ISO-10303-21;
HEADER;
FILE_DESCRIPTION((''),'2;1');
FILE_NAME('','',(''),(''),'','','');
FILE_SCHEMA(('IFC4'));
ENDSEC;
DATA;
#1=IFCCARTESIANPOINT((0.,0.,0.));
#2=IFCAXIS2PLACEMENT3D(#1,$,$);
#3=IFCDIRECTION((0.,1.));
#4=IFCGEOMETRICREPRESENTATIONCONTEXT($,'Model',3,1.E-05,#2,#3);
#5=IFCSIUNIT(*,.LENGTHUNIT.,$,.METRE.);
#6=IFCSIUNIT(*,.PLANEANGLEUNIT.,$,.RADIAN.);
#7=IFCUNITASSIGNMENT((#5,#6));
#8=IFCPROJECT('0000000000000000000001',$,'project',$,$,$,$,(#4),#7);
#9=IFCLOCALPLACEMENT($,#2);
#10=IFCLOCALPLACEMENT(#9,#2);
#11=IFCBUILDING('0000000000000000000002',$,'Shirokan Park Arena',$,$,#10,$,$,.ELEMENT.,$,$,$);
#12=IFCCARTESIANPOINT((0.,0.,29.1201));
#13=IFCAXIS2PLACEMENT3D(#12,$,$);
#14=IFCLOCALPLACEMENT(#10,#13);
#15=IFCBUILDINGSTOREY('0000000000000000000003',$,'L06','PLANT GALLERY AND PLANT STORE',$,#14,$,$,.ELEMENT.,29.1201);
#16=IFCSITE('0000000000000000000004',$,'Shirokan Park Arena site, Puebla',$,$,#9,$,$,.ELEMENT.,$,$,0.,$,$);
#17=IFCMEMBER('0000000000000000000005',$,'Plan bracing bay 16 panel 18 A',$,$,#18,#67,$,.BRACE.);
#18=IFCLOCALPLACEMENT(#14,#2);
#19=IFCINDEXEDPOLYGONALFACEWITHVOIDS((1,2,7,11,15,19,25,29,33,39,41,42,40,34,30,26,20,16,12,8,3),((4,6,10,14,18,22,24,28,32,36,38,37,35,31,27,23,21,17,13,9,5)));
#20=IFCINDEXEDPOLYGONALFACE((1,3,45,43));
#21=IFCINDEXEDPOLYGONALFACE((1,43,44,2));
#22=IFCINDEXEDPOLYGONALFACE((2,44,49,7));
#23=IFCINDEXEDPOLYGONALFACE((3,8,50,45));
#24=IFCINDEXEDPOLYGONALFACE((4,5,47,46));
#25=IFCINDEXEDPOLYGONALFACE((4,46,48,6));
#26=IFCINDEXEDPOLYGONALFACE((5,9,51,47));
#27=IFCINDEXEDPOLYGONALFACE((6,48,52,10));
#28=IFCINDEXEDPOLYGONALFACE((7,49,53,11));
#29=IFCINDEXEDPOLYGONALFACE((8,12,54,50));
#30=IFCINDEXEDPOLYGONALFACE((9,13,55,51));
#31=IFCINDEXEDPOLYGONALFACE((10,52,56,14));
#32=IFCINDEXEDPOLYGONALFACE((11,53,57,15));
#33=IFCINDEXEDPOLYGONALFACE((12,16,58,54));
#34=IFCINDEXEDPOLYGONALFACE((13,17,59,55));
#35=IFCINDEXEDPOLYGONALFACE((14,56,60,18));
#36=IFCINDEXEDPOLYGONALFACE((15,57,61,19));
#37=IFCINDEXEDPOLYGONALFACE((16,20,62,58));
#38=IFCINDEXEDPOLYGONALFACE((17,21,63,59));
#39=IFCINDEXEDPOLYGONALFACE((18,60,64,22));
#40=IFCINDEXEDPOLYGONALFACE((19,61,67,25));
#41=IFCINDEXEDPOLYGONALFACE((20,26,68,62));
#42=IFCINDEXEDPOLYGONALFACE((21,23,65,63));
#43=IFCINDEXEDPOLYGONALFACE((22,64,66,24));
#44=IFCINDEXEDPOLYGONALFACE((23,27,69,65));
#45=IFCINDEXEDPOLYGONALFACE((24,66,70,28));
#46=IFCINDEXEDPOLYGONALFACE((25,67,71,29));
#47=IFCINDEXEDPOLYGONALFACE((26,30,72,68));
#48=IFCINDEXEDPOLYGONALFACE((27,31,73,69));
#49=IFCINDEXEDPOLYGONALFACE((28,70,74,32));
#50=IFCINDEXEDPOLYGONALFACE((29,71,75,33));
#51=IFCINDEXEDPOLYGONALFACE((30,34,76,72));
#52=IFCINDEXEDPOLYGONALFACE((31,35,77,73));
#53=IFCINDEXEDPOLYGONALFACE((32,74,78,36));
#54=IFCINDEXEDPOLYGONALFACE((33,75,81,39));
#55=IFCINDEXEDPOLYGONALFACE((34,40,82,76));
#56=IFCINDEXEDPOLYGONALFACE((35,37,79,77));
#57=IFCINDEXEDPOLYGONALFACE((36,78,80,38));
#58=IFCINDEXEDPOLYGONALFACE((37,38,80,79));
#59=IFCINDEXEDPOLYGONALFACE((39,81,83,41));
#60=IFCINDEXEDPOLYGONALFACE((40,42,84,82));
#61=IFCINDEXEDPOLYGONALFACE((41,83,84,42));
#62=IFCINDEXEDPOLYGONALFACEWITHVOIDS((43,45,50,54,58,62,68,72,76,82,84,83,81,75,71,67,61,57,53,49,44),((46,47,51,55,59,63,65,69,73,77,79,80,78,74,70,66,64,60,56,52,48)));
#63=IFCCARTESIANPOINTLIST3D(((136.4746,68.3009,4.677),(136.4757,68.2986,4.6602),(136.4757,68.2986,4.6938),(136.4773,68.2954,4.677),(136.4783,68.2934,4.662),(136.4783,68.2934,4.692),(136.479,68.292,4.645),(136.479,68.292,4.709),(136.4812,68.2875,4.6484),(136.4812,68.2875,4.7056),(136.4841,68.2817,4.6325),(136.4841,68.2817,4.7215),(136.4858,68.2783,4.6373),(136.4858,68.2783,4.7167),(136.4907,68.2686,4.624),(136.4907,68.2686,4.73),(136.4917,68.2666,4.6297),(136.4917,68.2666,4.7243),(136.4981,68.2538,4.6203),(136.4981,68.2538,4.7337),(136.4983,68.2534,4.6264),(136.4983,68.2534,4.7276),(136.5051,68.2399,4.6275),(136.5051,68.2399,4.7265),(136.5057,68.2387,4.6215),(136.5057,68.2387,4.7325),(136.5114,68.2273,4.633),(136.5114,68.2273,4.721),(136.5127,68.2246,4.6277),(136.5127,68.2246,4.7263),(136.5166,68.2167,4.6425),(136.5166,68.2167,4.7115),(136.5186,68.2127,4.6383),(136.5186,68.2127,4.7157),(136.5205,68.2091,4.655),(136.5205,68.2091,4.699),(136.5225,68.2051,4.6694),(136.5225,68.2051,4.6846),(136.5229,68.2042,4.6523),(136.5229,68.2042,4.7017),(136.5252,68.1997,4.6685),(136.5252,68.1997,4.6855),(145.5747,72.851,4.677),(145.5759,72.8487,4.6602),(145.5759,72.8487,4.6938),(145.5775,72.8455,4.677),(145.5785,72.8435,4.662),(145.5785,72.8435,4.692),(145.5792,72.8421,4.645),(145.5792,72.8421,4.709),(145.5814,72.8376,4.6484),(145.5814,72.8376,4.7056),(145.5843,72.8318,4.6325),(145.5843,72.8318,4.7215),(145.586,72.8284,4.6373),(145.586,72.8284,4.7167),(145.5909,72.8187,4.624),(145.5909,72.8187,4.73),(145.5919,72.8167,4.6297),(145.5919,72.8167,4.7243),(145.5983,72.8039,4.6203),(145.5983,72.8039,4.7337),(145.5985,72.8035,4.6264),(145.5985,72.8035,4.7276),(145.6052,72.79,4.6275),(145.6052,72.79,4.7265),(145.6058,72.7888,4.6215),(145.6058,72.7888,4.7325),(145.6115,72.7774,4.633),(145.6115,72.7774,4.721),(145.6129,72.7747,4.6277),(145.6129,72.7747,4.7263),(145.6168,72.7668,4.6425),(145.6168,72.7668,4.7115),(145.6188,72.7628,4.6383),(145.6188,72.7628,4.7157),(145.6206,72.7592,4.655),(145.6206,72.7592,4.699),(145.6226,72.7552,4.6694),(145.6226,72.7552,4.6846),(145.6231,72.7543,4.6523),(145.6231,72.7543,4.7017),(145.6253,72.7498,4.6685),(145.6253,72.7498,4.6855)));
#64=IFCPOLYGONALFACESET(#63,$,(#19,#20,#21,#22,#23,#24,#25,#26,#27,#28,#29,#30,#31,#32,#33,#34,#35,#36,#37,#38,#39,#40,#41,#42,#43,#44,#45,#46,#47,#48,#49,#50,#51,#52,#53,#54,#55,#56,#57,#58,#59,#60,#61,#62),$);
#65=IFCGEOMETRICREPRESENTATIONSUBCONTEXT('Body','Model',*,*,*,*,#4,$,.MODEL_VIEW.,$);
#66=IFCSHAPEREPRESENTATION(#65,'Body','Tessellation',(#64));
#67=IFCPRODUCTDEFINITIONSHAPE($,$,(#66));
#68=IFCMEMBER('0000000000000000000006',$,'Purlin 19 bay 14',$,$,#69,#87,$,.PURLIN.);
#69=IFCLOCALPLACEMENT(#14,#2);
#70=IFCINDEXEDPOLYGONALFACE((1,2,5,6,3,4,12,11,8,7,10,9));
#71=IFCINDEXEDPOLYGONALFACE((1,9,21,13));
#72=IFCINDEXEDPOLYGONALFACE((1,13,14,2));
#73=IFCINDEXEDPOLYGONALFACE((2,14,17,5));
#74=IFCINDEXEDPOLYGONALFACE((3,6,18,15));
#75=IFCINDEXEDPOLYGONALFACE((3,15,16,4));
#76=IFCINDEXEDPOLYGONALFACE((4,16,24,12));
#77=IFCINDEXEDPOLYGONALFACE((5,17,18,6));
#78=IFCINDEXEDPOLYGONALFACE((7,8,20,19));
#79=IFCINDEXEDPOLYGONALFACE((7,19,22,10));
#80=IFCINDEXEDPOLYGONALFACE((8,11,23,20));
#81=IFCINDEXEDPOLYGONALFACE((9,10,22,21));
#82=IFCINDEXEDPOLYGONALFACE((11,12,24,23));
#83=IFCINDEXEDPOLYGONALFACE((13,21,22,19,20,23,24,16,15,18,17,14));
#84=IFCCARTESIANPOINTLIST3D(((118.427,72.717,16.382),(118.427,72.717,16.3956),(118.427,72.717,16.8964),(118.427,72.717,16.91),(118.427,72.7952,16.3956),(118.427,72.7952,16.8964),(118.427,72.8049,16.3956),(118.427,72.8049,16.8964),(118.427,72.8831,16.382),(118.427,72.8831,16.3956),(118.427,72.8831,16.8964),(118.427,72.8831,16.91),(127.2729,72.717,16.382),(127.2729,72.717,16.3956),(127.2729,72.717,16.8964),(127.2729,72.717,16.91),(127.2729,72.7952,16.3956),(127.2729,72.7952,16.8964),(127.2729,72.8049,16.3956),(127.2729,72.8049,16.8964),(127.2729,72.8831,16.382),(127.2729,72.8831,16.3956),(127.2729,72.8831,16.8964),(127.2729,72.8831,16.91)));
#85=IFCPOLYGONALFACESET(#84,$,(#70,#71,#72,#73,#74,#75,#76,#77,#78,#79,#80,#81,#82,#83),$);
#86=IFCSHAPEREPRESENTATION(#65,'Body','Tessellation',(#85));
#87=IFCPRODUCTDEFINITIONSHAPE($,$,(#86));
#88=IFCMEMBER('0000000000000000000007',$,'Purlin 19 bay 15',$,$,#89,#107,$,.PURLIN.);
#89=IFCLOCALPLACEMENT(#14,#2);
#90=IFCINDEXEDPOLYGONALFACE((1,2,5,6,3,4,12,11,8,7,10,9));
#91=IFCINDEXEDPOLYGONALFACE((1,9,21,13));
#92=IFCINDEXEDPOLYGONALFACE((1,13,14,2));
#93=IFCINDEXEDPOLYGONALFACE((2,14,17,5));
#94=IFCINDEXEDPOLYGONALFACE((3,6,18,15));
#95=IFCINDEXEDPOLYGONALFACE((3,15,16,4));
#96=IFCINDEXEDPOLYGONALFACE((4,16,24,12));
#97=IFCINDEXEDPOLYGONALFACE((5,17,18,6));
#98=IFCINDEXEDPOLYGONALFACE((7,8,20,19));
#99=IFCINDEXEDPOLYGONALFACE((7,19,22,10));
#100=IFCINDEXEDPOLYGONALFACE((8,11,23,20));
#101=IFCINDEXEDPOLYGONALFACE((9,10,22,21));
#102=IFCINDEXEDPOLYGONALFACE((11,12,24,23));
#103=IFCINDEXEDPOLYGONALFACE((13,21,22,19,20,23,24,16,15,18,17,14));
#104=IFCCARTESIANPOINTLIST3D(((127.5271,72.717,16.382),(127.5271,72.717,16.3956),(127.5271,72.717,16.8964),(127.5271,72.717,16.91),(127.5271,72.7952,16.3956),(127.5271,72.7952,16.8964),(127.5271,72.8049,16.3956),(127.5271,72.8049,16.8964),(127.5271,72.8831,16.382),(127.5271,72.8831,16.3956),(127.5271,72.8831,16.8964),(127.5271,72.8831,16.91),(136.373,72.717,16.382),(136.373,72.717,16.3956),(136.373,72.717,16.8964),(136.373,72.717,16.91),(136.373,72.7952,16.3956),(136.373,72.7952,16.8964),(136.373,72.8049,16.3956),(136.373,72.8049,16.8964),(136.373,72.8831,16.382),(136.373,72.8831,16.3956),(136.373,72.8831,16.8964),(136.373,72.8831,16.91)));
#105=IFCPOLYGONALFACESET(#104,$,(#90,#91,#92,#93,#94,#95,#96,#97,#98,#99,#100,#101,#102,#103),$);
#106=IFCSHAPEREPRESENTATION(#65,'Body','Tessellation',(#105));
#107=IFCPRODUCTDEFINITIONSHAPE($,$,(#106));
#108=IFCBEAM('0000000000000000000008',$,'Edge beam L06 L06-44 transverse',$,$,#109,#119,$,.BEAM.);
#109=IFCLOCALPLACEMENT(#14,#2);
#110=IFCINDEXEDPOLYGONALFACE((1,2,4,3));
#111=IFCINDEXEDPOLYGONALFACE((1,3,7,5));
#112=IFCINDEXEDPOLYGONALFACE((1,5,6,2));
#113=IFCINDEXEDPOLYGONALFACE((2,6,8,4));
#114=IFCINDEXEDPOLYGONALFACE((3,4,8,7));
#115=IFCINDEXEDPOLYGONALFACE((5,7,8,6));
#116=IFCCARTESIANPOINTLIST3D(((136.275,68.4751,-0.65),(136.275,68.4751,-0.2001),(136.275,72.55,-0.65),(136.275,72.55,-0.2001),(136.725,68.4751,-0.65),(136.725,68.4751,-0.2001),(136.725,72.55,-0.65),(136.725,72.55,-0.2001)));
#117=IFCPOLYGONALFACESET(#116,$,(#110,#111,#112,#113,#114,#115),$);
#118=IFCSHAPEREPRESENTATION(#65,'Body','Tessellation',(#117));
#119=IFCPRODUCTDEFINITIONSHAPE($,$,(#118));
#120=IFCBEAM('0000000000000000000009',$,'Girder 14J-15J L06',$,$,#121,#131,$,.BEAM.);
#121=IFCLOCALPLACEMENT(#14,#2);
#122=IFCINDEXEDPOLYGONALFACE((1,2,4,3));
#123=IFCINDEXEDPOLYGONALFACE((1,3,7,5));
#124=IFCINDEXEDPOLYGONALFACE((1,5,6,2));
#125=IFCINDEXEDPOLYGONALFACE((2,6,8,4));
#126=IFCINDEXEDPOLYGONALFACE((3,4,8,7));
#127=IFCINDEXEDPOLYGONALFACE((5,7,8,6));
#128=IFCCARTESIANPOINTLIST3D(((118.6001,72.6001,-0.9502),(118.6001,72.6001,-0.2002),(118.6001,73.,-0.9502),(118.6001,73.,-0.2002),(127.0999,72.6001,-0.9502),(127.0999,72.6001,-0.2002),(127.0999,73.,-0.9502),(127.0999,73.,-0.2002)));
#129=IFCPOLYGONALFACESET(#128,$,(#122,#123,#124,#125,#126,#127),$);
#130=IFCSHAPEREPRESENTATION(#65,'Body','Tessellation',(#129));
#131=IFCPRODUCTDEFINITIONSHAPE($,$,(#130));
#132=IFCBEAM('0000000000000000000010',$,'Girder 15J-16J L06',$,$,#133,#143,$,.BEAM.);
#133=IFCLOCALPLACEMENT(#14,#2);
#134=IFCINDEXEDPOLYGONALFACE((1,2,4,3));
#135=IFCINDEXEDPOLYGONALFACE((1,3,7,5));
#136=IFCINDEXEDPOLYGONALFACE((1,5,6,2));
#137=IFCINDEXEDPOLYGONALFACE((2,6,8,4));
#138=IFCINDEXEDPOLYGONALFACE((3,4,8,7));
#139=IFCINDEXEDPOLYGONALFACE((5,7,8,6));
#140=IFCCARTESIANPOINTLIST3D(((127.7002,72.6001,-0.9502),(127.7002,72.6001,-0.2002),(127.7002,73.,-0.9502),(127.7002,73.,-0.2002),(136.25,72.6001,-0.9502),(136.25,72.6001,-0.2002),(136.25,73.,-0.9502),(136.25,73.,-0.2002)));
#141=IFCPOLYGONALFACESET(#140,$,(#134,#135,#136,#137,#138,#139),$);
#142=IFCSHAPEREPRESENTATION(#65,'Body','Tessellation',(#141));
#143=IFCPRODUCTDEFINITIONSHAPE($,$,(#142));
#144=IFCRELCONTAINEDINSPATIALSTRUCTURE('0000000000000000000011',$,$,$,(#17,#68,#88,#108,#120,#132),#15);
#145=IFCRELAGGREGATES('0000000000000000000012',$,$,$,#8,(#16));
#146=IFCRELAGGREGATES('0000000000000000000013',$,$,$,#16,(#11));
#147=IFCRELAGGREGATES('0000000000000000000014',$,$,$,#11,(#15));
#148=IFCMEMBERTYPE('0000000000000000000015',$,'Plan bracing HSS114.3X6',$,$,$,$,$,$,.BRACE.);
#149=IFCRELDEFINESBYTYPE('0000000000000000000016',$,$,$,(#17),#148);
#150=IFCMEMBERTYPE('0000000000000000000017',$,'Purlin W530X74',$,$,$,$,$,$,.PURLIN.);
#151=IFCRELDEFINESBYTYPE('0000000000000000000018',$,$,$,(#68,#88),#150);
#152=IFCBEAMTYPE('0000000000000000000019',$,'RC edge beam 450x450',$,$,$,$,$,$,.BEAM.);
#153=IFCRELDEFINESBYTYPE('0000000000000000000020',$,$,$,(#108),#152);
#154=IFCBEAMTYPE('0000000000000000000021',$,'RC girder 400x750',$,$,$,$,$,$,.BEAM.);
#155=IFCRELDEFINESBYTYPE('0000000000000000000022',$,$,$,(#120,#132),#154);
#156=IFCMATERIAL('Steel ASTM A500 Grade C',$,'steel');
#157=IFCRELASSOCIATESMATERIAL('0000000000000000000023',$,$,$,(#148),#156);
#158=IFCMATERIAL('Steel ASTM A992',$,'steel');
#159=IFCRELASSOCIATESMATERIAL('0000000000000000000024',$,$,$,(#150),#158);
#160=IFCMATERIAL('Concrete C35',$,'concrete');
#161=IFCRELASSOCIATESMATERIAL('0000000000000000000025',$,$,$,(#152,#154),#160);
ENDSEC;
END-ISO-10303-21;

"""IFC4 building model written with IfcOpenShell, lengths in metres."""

from ifc_helpers import new_model, si_unit, direction, frame, origin, origin_2d, place, context, subcontext, project, spatial, rectangle, hollow_circle, i_section, extrude, material, material_profile, profile_set, type_object, element, save


model = new_model("IFC4")

# Units and contexts
model_context = context("Model", 3, precision=1e-05, world=origin(), true_north=direction((0.0, 1.0)))
body_context = subcontext(model_context, "Body", "Model", "MODEL_VIEW")
ifc_project = project(units=[si_unit("LENGTHUNIT", "METRE"), si_unit("PLANEANGLEUNIT", "RADIAN")], contexts=[model_context])

# Site, building, storey
site_placement = place(None, origin())
site = spatial("IfcSite", under=ifc_project, at=site_placement, Name="Shirokan Park Arena site, Puebla", CompositionType="ELEMENT", RefElevation=0.0)
building_placement = place(site_placement, origin())
building = spatial("IfcBuilding", under=site, at=building_placement, Name="Shirokan Park Arena", CompositionType="ELEMENT")
storey_placement = place(building_placement, frame((0.0, 0.0, 29.1201)))
storey = spatial("IfcBuildingStorey", under=building, at=storey_placement, Name="L06", Description="PLANT GALLERY AND PLANT STORE", CompositionType="ELEMENT", Elevation=29.1201)

# Shared definitions
ifc_material_1 = material(Name="Concrete C35", Category="concrete")

# Members
ifc_material_2 = material(Name="Steel ASTM A500 Grade C", Category="steel")
ifc_material_profile_1 = material_profile(ifc_material_2, hollow_circle(Radius=0.0569, WallThickness=0.0061, at=origin_2d()), Name="HSS114.3X6")
ifc_profile_set_1 = profile_set([ifc_material_profile_1], Name="Steel ASTM A500 Grade C")
member_type_1 = type_object("IfcMemberType", Name="Plan bracing HSS114.3X6", PredefinedType="BRACE", material=ifc_profile_set_1)
for number, where, z_axis, x_axis, name in (
    (1, (136.5, 68.25, 4.677), (0.894427, 0.447214, 0.0), (-0.447214, 0.894427, 0.0), "Plan bracing bay 16 panel 18 A"),
):
    element("IfcMember", number, at=place(storey_placement, frame(where, z_axis=z_axis, x_axis=x_axis)), inside=storey, type_object=member_type_1, Name=name, PredefinedType="BRACE", context=body_context, shape_type="SweptSolid", body=[
        extrude(hollow_circle(Radius=0.0569, WallThickness=0.0061, at=origin_2d()), origin(), (0.0, 0.0, 1.0), 10.1743),
    ])
ifc_material_3 = material(Name="Steel ASTM A992", Category="steel")
ifc_material_profile_2 = material_profile(ifc_material_3, i_section(OverallWidth=0.166, OverallDepth=0.5281, WebThickness=0.0098, FlangeThickness=0.0137, at=origin_2d()), Name="W530X74")
ifc_profile_set_2 = profile_set([ifc_material_profile_2], Name="Steel ASTM A992")
member_type_2 = type_object("IfcMemberType", Name="Purlin W530X74", PredefinedType="PURLIN", material=ifc_profile_set_2)
for number, where, z_axis, x_axis, name in (
    (2, (118.427, 72.8, 16.646), (1.0, 0.0, 0.0), (0.0, 1.0, 0.0), "Purlin 19 bay 14"),
    (3, (127.5271, 72.8, 16.646), (1.0, 0.0, 0.0), (0.0, 1.0, 0.0), "Purlin 19 bay 15"),
):
    element("IfcMember", number, at=place(storey_placement, frame(where, z_axis=z_axis, x_axis=x_axis)), inside=storey, type_object=member_type_2, Name=name, PredefinedType="PURLIN", context=body_context, shape_type="SweptSolid", body=[
        extrude(i_section(OverallWidth=0.166, OverallDepth=0.5281, WebThickness=0.0098, FlangeThickness=0.0137, at=origin_2d()), origin(), (0.0, 0.0, 1.0), 8.8459),
    ])

# Beams
ifc_material_profile_3 = material_profile(ifc_material_1, rectangle(XDim=0.45, YDim=0.45, at=origin_2d()), Name="450x450")
ifc_profile_set_3 = profile_set([ifc_material_profile_3], Name="Concrete C35")
beam_type_1 = type_object("IfcBeamType", Name="RC edge beam 450x450", PredefinedType="BEAM", material=ifc_profile_set_3)
beam_1_placement = place(storey_placement, frame((136.5, 72.55, -0.425), z_axis=(0.0, -1.0, 0.0), x_axis=(1.0, 0.0, 0.0)))
element("IfcBeam", 4, at=beam_1_placement, inside=storey, type_object=beam_type_1, Name="Edge beam L06 L06-44 transverse", PredefinedType="BEAM", context=body_context, shape_type="SweptSolid", body=[
    extrude(rectangle(XDim=0.45, YDim=0.45, at=origin_2d()), origin(), (0.0, 0.0, 1.0), 4.075),
])
ifc_material_profile_4 = material_profile(ifc_material_1, rectangle(XDim=0.3999, YDim=0.75, at=origin_2d()), Name="400x750")
ifc_profile_set_4 = profile_set([ifc_material_profile_4], Name="Concrete C35")
beam_type_2 = type_object("IfcBeamType", Name="RC girder 400x750", PredefinedType="BEAM", material=ifc_profile_set_4)
beam_2_placement = place(storey_placement, frame((118.6001, 72.8, -0.5752), z_axis=(1.0, 0.0, 0.0), x_axis=(0.0, 1.0, 0.0)))
element("IfcBeam", 5, at=beam_2_placement, inside=storey, type_object=beam_type_2, Name="Girder 14J-15J L06", PredefinedType="BEAM", context=body_context, shape_type="SweptSolid", body=[
    extrude(rectangle(XDim=0.3999, YDim=0.75, at=origin_2d()), origin(), (0.0, 0.0, 1.0), 8.4998),
])
beam_3_placement = place(storey_placement, frame((127.7002, 72.8, -0.5752), z_axis=(1.0, 0.0, 0.0), x_axis=(0.0, 1.0, 0.0)))
element("IfcBeam", 6, at=beam_3_placement, inside=storey, type_object=beam_type_2, Name="Girder 15J-16J L06", PredefinedType="BEAM", context=body_context, shape_type="SweptSolid", body=[
    extrude(rectangle(XDim=0.3999, YDim=0.75, at=origin_2d()), origin(), (0.0, 0.0, 1.0), 8.5498),
])

save(model, "model.ifc")
